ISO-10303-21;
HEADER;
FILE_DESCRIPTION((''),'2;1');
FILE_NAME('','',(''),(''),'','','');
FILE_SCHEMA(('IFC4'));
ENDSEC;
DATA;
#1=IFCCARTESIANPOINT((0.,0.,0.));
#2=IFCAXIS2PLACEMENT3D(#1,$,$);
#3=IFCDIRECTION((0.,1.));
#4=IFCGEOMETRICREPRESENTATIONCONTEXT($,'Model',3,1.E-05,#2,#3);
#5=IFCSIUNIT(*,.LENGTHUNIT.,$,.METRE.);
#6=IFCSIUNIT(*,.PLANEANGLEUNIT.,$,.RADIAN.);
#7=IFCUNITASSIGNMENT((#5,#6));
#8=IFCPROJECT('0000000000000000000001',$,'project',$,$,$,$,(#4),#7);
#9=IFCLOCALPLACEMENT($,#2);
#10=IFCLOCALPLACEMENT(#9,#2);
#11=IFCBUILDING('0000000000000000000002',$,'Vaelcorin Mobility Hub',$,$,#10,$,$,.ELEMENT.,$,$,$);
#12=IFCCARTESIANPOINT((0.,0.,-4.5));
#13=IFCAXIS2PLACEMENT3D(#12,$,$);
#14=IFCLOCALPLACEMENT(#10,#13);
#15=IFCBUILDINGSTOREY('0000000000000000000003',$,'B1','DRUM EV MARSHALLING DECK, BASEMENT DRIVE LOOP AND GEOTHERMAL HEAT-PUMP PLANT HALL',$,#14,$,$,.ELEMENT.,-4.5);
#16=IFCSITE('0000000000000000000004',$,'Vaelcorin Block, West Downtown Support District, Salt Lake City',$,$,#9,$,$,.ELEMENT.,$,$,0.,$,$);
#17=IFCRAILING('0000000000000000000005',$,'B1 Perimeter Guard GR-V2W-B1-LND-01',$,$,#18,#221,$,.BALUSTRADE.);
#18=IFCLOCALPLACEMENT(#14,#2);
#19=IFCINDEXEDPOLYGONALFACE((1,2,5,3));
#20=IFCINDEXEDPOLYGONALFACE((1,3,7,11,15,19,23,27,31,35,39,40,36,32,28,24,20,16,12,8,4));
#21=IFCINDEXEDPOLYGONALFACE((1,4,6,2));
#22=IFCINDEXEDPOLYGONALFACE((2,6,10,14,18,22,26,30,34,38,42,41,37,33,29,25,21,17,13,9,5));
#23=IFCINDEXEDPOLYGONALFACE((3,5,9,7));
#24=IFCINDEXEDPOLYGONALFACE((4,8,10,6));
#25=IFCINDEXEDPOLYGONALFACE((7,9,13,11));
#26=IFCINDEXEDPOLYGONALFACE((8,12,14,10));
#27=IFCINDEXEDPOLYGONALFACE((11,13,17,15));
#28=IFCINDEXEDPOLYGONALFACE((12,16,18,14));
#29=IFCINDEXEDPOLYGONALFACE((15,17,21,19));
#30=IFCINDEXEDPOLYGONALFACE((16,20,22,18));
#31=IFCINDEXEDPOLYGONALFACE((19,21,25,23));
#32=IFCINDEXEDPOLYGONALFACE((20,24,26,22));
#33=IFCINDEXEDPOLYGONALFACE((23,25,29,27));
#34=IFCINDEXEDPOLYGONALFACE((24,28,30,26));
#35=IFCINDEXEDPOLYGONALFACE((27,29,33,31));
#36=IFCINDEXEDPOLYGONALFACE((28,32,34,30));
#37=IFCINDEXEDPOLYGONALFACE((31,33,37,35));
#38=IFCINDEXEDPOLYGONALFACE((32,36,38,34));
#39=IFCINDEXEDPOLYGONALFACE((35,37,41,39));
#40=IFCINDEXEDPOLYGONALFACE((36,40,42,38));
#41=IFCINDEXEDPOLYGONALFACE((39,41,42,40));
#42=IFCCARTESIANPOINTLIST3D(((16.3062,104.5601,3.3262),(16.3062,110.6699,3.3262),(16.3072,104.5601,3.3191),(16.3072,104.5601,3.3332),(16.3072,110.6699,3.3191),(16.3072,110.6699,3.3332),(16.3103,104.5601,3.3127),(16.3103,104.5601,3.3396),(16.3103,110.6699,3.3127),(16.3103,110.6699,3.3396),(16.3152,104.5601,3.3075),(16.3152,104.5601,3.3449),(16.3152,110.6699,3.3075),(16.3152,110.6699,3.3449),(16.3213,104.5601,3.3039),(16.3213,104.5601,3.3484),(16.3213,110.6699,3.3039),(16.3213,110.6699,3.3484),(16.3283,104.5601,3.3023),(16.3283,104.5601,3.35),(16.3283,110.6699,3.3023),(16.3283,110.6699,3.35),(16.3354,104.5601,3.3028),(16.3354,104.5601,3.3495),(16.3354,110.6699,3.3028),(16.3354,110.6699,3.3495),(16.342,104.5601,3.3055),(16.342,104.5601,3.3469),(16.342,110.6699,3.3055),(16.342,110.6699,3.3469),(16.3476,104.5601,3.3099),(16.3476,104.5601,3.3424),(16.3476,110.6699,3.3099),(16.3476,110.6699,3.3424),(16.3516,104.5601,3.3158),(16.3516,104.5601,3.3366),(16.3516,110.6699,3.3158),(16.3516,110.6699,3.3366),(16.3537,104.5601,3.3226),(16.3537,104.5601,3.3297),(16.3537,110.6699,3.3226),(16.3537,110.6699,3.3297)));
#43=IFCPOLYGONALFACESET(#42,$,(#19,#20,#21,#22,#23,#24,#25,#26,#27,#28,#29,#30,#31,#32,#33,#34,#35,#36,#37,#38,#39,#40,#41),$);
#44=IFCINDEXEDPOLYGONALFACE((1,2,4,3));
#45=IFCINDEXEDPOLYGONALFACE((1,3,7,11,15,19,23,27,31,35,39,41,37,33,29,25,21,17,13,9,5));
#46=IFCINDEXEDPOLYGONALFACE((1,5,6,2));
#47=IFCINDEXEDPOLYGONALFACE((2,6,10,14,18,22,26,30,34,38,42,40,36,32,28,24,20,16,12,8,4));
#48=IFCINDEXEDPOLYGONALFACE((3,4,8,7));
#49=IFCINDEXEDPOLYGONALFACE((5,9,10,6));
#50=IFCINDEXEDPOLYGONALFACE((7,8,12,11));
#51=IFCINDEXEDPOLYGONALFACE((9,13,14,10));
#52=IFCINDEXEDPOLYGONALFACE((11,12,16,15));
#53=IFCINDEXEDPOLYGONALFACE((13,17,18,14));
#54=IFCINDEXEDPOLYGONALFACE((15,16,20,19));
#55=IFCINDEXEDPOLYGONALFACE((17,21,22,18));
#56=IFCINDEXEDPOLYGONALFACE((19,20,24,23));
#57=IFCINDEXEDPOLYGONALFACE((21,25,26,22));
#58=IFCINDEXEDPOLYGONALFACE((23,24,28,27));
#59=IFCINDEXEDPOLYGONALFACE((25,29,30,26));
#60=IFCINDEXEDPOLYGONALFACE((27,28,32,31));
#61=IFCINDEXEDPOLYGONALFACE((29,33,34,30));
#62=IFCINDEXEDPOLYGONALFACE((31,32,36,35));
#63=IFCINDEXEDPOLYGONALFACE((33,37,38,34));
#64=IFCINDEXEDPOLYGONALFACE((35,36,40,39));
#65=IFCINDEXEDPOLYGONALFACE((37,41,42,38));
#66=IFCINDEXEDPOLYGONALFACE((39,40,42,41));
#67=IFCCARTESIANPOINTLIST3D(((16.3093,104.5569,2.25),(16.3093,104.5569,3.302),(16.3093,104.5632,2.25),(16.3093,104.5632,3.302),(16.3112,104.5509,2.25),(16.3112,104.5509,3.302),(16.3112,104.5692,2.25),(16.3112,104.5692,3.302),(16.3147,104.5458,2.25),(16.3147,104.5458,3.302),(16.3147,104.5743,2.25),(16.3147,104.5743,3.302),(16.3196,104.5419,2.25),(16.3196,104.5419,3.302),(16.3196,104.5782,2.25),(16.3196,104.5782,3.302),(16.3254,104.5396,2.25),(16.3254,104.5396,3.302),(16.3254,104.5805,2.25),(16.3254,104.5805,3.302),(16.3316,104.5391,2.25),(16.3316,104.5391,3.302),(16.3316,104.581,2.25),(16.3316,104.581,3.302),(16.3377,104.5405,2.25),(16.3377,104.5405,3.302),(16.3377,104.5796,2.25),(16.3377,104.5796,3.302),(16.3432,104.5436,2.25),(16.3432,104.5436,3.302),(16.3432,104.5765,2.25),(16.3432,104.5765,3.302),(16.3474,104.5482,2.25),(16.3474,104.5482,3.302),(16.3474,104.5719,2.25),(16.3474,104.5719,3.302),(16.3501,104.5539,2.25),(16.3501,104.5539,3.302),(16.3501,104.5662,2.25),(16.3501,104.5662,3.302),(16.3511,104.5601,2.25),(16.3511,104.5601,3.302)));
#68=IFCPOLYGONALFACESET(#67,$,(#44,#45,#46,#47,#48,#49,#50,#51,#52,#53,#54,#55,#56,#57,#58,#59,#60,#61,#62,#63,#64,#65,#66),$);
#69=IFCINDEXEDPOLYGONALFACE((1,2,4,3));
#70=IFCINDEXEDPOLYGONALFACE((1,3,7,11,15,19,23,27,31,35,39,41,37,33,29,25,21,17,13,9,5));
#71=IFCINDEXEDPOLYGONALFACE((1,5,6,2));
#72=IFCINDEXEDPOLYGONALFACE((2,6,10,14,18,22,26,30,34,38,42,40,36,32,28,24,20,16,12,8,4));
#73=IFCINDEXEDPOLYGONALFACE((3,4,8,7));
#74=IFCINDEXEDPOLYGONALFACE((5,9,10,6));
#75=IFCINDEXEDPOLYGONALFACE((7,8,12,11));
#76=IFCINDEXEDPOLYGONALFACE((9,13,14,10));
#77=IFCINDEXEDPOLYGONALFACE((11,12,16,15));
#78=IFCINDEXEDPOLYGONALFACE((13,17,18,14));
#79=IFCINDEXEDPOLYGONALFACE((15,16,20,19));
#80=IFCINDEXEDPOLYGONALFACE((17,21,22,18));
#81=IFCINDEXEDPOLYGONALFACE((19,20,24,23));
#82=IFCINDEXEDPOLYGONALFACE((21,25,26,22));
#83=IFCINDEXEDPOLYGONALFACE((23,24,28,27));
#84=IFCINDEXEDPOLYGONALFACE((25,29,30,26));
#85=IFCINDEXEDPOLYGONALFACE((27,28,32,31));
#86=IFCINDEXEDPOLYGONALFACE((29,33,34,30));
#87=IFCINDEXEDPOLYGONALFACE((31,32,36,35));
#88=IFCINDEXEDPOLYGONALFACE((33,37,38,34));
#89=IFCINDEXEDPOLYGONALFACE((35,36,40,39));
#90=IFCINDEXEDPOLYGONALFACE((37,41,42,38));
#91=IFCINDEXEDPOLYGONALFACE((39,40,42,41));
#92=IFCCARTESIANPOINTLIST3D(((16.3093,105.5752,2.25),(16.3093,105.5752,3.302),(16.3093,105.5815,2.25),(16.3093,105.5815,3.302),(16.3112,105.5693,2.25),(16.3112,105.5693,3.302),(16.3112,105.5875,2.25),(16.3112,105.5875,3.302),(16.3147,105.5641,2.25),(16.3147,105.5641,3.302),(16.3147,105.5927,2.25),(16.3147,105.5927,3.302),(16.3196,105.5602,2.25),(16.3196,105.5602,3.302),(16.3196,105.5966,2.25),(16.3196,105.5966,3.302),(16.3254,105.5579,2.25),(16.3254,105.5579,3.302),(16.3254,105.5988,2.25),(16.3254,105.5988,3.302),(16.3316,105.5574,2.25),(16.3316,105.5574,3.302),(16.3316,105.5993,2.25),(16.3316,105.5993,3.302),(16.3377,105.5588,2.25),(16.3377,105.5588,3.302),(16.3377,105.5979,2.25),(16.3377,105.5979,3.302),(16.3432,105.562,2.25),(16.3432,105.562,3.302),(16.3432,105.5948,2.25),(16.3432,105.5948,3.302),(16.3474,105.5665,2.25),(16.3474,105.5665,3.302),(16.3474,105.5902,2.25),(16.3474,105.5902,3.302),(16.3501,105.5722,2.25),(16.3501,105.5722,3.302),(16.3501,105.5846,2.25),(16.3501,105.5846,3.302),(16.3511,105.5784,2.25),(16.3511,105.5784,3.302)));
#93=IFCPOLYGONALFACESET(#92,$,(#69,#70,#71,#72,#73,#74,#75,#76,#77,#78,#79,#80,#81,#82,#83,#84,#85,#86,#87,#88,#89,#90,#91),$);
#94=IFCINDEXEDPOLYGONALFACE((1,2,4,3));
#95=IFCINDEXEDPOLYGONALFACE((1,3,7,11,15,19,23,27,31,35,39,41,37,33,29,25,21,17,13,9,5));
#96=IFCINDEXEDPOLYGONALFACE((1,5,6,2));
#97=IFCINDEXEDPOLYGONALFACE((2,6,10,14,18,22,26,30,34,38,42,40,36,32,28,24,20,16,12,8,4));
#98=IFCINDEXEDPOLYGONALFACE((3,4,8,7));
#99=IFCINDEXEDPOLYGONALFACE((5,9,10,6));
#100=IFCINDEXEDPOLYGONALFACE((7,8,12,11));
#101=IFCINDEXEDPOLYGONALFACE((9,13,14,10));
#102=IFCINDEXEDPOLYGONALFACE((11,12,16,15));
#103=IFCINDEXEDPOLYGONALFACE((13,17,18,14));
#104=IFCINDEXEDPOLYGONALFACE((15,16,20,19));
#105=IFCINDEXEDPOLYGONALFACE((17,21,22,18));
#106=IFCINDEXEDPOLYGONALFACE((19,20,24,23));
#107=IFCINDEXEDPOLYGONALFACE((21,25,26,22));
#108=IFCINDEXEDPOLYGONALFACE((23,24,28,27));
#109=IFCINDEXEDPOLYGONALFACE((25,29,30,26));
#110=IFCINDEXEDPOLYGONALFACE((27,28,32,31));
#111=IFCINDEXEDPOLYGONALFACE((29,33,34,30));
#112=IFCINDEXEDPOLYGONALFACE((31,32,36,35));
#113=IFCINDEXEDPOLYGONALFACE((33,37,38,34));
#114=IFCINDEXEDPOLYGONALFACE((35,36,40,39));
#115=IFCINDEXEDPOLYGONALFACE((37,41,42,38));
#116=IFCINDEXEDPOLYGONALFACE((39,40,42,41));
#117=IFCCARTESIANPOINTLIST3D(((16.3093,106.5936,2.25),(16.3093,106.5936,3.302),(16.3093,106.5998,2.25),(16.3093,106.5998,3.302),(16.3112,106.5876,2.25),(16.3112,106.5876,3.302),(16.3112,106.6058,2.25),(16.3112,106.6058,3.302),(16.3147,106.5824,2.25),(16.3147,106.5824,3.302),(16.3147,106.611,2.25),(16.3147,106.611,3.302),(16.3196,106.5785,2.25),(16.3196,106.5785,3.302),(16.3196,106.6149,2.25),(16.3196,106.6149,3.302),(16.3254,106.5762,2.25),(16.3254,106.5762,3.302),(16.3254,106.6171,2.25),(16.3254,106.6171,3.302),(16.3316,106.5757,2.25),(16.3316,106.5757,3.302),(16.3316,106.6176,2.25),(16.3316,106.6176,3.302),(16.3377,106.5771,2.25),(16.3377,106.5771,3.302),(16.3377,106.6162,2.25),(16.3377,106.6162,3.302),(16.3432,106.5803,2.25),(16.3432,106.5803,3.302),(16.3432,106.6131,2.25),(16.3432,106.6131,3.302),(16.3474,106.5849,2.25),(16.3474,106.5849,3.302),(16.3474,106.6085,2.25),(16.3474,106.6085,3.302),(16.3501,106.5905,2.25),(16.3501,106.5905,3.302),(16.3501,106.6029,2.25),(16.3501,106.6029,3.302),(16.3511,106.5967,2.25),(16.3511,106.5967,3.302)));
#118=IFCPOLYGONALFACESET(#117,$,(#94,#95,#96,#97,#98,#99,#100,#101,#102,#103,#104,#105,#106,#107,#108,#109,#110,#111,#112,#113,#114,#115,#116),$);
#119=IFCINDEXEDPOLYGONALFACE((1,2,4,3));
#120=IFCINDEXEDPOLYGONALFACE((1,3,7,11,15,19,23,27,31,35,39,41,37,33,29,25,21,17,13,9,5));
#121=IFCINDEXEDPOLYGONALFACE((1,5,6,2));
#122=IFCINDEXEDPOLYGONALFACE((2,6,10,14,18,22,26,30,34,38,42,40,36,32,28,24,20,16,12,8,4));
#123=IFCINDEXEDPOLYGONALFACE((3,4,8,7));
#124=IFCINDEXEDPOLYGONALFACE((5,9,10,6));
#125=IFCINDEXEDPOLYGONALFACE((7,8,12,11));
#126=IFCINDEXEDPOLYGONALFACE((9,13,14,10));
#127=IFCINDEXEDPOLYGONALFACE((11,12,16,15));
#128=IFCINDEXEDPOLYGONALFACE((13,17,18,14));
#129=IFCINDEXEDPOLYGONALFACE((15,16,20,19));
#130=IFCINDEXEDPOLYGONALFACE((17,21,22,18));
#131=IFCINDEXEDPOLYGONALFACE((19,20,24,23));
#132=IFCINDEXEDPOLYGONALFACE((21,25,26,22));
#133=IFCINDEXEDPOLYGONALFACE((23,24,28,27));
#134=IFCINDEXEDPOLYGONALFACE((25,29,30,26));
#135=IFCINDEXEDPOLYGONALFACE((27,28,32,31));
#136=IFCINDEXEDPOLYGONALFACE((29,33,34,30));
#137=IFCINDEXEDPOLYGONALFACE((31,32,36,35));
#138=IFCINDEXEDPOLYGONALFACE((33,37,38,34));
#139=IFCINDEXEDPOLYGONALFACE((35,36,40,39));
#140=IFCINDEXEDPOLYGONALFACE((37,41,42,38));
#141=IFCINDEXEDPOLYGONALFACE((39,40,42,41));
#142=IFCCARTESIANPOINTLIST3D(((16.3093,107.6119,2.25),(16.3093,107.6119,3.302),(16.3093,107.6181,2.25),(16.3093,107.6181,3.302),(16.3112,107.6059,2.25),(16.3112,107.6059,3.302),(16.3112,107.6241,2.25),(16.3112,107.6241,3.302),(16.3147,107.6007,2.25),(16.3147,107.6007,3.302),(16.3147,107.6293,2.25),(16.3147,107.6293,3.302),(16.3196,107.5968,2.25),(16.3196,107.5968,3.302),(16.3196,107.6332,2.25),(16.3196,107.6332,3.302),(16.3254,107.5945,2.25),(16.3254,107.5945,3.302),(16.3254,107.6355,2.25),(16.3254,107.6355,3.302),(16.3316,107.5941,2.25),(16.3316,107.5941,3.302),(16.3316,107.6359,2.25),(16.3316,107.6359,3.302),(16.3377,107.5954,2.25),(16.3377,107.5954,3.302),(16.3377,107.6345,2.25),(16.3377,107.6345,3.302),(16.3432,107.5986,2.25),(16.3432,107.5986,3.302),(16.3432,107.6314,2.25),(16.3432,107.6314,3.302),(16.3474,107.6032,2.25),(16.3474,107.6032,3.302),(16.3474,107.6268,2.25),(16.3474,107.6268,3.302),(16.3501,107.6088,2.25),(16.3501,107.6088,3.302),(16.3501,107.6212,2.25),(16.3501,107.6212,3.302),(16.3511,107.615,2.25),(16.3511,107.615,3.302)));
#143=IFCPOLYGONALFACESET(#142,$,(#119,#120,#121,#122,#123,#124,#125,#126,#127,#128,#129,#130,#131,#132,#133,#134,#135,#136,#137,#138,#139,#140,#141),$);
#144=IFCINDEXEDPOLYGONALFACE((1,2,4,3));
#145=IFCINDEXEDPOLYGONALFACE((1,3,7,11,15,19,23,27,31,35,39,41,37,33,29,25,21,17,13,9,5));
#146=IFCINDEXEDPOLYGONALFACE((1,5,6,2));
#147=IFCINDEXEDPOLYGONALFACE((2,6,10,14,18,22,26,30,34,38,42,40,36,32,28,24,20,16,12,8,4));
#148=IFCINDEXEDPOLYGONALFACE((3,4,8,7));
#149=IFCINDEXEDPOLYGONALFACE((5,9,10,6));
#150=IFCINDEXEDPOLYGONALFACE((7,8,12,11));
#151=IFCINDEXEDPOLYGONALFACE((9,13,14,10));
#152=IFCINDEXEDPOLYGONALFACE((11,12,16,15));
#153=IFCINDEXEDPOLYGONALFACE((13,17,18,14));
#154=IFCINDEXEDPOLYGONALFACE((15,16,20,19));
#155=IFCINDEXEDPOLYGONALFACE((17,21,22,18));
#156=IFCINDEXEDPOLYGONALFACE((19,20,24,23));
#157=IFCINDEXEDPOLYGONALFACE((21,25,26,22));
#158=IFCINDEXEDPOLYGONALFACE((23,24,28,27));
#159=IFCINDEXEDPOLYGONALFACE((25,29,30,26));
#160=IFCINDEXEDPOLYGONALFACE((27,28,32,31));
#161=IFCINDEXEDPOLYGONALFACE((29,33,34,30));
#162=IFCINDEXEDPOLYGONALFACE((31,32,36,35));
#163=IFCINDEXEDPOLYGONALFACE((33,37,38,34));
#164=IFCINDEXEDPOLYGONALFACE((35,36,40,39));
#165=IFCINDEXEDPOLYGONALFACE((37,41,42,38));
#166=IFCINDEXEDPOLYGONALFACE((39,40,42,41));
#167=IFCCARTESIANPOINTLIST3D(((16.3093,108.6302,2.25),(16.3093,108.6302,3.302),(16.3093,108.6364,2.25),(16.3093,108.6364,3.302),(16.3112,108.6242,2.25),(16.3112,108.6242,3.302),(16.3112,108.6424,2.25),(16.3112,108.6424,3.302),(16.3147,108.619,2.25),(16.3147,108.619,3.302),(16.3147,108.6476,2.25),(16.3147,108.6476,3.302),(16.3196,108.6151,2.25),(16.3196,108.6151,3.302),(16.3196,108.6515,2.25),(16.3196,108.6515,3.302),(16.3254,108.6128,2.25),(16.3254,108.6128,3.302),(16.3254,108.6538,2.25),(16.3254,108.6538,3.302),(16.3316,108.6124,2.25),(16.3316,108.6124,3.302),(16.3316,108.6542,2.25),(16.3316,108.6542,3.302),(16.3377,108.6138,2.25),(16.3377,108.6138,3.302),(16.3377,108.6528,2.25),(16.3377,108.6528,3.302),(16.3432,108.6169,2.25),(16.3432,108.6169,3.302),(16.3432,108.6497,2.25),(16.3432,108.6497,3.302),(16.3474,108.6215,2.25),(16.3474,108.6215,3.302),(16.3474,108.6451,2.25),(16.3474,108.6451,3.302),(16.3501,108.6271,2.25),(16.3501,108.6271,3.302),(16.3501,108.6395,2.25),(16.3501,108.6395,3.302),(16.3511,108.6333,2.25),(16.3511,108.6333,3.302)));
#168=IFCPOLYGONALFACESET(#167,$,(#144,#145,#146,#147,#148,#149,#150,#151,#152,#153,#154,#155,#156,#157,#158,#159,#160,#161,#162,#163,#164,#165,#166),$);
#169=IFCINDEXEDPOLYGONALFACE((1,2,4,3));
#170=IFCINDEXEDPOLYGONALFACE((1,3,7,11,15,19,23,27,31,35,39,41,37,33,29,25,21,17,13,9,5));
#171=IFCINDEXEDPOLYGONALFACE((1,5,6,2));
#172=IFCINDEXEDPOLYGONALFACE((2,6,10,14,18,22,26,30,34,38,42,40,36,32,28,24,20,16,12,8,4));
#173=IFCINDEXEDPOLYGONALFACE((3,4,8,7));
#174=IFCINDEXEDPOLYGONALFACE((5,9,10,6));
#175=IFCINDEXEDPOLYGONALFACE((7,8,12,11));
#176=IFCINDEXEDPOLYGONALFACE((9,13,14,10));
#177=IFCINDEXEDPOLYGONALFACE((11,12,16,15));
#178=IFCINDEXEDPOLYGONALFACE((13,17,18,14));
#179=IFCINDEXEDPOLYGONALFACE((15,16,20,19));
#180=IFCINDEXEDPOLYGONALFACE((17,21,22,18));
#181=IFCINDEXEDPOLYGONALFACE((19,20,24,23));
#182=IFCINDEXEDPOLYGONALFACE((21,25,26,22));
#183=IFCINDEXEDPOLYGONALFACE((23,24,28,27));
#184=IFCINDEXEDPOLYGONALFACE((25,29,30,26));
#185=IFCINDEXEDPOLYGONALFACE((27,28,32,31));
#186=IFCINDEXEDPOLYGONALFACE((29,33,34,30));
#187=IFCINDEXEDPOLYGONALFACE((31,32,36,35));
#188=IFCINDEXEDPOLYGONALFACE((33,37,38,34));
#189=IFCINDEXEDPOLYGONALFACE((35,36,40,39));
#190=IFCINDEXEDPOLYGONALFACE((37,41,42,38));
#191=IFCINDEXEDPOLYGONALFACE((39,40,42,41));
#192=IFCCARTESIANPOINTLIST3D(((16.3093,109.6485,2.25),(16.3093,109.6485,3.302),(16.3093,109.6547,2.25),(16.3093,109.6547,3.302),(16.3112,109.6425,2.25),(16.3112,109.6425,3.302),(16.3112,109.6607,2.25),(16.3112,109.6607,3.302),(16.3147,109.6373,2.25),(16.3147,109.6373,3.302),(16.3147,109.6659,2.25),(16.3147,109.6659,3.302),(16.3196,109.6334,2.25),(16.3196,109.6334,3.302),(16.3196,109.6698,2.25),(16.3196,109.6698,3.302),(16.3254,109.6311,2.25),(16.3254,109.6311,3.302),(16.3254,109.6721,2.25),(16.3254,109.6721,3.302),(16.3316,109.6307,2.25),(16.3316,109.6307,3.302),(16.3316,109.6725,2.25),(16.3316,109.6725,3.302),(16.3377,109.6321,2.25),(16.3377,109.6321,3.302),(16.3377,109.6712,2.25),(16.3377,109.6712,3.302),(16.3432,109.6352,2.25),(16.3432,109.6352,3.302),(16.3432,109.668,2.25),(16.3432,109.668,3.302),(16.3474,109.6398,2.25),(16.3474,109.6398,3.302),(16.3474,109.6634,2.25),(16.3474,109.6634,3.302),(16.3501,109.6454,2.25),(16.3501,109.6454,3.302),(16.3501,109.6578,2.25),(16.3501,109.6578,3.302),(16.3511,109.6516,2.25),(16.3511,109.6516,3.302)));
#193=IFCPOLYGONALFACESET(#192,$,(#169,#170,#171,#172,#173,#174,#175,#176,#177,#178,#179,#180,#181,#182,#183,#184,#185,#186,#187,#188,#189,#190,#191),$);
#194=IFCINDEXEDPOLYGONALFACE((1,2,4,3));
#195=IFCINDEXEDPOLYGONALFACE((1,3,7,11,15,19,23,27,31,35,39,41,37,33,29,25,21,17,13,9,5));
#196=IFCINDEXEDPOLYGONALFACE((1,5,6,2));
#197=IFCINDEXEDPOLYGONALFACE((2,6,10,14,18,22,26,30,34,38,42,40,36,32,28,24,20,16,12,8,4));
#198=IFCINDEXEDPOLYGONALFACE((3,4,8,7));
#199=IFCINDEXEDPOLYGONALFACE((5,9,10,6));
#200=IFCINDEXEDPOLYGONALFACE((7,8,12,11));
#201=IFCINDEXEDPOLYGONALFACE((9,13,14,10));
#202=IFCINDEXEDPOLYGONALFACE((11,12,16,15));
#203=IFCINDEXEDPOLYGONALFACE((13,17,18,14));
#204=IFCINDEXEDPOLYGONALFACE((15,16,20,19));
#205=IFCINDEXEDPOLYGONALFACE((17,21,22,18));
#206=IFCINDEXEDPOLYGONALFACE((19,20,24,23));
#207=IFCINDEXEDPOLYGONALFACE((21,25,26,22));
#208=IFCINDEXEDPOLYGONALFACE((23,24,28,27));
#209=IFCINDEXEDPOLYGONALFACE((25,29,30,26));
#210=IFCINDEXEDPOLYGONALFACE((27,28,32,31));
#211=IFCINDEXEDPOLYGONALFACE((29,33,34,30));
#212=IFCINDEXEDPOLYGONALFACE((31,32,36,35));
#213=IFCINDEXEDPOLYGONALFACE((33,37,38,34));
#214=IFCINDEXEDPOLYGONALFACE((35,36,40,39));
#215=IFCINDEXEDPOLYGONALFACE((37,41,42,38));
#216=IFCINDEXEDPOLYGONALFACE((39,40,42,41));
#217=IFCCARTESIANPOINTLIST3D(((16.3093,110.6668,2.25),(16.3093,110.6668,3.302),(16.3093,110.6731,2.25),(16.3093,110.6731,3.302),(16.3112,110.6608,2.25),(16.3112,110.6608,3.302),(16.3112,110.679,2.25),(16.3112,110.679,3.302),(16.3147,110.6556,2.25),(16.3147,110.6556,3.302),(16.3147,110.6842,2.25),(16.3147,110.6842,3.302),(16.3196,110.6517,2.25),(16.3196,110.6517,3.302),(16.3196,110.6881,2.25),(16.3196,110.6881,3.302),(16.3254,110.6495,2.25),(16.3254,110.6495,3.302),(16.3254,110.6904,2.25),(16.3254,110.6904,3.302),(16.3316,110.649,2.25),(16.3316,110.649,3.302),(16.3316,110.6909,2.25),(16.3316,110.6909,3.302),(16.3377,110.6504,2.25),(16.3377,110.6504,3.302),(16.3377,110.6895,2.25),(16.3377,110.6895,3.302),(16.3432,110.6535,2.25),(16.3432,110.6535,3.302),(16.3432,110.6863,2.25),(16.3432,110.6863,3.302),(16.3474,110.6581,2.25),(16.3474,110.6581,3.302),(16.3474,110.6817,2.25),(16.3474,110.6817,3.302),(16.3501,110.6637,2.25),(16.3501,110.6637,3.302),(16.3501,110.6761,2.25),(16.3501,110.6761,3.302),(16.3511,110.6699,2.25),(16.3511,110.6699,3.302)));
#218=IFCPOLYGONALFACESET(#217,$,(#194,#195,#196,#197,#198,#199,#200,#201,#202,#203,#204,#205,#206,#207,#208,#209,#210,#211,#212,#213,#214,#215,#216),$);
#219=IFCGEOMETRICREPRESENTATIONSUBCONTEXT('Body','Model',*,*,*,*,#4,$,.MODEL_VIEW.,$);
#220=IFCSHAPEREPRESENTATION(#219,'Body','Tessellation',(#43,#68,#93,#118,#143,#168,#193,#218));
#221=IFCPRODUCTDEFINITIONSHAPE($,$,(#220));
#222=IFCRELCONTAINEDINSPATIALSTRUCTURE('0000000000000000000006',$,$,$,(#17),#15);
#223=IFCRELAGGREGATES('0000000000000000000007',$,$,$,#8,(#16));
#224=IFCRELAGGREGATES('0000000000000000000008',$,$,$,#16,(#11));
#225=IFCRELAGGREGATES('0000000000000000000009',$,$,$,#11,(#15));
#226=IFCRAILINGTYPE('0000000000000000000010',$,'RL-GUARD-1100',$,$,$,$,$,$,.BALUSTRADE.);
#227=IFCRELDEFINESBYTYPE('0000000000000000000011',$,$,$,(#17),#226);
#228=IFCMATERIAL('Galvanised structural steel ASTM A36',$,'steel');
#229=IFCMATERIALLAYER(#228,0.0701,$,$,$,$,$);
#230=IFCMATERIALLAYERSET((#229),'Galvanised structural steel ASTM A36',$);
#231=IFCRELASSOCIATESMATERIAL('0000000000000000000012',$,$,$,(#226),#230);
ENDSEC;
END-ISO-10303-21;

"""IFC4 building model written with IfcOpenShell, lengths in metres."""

from ifc_helpers import new_model, si_unit, direction, frame, origin, origin_2d, place, context, subcontext, project, spatial, circle, extrude, material, layer, layer_set, type_object, element, save


model = new_model("IFC4")

# Units and contexts
model_context = context("Model", 3, precision=1e-05, world=origin(), true_north=direction((0.0, 1.0)))
body_context = subcontext(model_context, "Body", "Model", "MODEL_VIEW")
ifc_project = project(units=[si_unit("LENGTHUNIT", "METRE"), si_unit("PLANEANGLEUNIT", "RADIAN")], contexts=[model_context])

# Site, building, storey
site_placement = place(None, origin())
site = spatial("IfcSite", under=ifc_project, at=site_placement, Name="Vaelcorin Block, West Downtown Support District, Salt Lake City", CompositionType="ELEMENT", RefElevation=0.0)
building_placement = place(site_placement, origin())
building = spatial("IfcBuilding", under=site, at=building_placement, Name="Vaelcorin Mobility Hub", CompositionType="ELEMENT")
storey_placement = place(building_placement, frame((0.0, 0.0, -4.5)))
storey = spatial("IfcBuildingStorey", under=building, at=storey_placement, Name="B1", Description="DRUM EV MARSHALLING DECK, BASEMENT DRIVE LOOP AND GEOTHERMAL HEAT-PUMP PLANT HALL", CompositionType="ELEMENT", Elevation=-4.5)

# Railing
ifc_material_1 = material(Name="Galvanised structural steel ASTM A36", Category="steel")
ifc_layer_1 = layer(ifc_material_1, 0.0701)
ifc_layer_set_1 = layer_set([ifc_layer_1], Name="Galvanised structural steel ASTM A36")
railing_type = type_object("IfcRailingType", Name="RL-GUARD-1100", PredefinedType="BALUSTRADE", material=ifc_layer_set_1)
railing_1_placement = place(storey_placement, frame((16.3301, 104.5601, 2.25)))
element("IfcRailing", 1, at=railing_1_placement, inside=storey, type_object=railing_type, Name="B1 Perimeter Guard GR-V2W-B1-LND-01", PredefinedType="BALUSTRADE", context=body_context, shape_type="SweptSolid", body=[
    extrude(circle(Radius=0.0239, at=origin_2d()), frame((0.0, 0.0, 1.0762), z_axis=(0.0, 1.0, 0.0), x_axis=(-1.0, 0.0, 0.0)), (0.0, 0.0, 1.0), 6.1099),
    extrude(circle(Radius=0.021, at=origin_2d()), origin(), (0.0, 0.0, 1.0), 1.052),
    extrude(circle(Radius=0.021, at=origin_2d()), frame((0.0, 1.0183, 0.0)), (0.0, 0.0, 1.0), 1.052),
    extrude(circle(Radius=0.021, at=origin_2d()), frame((0.0, 2.0366, 0.0)), (0.0, 0.0, 1.0), 1.052),
    extrude(circle(Radius=0.021, at=origin_2d()), frame((0.0, 3.0549, 0.0)), (0.0, 0.0, 1.0), 1.052),
    extrude(circle(Radius=0.021, at=origin_2d()), frame((0.0, 4.0732, 0.0)), (0.0, 0.0, 1.0), 1.052),
    extrude(circle(Radius=0.021, at=origin_2d()), frame((0.0, 5.0916, 0.0)), (0.0, 0.0, 1.0), 1.052),
    extrude(circle(Radius=0.021, at=origin_2d()), frame((0.0, 6.1099, 0.0)), (0.0, 0.0, 1.0), 1.052),
])

save(model, "model.ifc")
